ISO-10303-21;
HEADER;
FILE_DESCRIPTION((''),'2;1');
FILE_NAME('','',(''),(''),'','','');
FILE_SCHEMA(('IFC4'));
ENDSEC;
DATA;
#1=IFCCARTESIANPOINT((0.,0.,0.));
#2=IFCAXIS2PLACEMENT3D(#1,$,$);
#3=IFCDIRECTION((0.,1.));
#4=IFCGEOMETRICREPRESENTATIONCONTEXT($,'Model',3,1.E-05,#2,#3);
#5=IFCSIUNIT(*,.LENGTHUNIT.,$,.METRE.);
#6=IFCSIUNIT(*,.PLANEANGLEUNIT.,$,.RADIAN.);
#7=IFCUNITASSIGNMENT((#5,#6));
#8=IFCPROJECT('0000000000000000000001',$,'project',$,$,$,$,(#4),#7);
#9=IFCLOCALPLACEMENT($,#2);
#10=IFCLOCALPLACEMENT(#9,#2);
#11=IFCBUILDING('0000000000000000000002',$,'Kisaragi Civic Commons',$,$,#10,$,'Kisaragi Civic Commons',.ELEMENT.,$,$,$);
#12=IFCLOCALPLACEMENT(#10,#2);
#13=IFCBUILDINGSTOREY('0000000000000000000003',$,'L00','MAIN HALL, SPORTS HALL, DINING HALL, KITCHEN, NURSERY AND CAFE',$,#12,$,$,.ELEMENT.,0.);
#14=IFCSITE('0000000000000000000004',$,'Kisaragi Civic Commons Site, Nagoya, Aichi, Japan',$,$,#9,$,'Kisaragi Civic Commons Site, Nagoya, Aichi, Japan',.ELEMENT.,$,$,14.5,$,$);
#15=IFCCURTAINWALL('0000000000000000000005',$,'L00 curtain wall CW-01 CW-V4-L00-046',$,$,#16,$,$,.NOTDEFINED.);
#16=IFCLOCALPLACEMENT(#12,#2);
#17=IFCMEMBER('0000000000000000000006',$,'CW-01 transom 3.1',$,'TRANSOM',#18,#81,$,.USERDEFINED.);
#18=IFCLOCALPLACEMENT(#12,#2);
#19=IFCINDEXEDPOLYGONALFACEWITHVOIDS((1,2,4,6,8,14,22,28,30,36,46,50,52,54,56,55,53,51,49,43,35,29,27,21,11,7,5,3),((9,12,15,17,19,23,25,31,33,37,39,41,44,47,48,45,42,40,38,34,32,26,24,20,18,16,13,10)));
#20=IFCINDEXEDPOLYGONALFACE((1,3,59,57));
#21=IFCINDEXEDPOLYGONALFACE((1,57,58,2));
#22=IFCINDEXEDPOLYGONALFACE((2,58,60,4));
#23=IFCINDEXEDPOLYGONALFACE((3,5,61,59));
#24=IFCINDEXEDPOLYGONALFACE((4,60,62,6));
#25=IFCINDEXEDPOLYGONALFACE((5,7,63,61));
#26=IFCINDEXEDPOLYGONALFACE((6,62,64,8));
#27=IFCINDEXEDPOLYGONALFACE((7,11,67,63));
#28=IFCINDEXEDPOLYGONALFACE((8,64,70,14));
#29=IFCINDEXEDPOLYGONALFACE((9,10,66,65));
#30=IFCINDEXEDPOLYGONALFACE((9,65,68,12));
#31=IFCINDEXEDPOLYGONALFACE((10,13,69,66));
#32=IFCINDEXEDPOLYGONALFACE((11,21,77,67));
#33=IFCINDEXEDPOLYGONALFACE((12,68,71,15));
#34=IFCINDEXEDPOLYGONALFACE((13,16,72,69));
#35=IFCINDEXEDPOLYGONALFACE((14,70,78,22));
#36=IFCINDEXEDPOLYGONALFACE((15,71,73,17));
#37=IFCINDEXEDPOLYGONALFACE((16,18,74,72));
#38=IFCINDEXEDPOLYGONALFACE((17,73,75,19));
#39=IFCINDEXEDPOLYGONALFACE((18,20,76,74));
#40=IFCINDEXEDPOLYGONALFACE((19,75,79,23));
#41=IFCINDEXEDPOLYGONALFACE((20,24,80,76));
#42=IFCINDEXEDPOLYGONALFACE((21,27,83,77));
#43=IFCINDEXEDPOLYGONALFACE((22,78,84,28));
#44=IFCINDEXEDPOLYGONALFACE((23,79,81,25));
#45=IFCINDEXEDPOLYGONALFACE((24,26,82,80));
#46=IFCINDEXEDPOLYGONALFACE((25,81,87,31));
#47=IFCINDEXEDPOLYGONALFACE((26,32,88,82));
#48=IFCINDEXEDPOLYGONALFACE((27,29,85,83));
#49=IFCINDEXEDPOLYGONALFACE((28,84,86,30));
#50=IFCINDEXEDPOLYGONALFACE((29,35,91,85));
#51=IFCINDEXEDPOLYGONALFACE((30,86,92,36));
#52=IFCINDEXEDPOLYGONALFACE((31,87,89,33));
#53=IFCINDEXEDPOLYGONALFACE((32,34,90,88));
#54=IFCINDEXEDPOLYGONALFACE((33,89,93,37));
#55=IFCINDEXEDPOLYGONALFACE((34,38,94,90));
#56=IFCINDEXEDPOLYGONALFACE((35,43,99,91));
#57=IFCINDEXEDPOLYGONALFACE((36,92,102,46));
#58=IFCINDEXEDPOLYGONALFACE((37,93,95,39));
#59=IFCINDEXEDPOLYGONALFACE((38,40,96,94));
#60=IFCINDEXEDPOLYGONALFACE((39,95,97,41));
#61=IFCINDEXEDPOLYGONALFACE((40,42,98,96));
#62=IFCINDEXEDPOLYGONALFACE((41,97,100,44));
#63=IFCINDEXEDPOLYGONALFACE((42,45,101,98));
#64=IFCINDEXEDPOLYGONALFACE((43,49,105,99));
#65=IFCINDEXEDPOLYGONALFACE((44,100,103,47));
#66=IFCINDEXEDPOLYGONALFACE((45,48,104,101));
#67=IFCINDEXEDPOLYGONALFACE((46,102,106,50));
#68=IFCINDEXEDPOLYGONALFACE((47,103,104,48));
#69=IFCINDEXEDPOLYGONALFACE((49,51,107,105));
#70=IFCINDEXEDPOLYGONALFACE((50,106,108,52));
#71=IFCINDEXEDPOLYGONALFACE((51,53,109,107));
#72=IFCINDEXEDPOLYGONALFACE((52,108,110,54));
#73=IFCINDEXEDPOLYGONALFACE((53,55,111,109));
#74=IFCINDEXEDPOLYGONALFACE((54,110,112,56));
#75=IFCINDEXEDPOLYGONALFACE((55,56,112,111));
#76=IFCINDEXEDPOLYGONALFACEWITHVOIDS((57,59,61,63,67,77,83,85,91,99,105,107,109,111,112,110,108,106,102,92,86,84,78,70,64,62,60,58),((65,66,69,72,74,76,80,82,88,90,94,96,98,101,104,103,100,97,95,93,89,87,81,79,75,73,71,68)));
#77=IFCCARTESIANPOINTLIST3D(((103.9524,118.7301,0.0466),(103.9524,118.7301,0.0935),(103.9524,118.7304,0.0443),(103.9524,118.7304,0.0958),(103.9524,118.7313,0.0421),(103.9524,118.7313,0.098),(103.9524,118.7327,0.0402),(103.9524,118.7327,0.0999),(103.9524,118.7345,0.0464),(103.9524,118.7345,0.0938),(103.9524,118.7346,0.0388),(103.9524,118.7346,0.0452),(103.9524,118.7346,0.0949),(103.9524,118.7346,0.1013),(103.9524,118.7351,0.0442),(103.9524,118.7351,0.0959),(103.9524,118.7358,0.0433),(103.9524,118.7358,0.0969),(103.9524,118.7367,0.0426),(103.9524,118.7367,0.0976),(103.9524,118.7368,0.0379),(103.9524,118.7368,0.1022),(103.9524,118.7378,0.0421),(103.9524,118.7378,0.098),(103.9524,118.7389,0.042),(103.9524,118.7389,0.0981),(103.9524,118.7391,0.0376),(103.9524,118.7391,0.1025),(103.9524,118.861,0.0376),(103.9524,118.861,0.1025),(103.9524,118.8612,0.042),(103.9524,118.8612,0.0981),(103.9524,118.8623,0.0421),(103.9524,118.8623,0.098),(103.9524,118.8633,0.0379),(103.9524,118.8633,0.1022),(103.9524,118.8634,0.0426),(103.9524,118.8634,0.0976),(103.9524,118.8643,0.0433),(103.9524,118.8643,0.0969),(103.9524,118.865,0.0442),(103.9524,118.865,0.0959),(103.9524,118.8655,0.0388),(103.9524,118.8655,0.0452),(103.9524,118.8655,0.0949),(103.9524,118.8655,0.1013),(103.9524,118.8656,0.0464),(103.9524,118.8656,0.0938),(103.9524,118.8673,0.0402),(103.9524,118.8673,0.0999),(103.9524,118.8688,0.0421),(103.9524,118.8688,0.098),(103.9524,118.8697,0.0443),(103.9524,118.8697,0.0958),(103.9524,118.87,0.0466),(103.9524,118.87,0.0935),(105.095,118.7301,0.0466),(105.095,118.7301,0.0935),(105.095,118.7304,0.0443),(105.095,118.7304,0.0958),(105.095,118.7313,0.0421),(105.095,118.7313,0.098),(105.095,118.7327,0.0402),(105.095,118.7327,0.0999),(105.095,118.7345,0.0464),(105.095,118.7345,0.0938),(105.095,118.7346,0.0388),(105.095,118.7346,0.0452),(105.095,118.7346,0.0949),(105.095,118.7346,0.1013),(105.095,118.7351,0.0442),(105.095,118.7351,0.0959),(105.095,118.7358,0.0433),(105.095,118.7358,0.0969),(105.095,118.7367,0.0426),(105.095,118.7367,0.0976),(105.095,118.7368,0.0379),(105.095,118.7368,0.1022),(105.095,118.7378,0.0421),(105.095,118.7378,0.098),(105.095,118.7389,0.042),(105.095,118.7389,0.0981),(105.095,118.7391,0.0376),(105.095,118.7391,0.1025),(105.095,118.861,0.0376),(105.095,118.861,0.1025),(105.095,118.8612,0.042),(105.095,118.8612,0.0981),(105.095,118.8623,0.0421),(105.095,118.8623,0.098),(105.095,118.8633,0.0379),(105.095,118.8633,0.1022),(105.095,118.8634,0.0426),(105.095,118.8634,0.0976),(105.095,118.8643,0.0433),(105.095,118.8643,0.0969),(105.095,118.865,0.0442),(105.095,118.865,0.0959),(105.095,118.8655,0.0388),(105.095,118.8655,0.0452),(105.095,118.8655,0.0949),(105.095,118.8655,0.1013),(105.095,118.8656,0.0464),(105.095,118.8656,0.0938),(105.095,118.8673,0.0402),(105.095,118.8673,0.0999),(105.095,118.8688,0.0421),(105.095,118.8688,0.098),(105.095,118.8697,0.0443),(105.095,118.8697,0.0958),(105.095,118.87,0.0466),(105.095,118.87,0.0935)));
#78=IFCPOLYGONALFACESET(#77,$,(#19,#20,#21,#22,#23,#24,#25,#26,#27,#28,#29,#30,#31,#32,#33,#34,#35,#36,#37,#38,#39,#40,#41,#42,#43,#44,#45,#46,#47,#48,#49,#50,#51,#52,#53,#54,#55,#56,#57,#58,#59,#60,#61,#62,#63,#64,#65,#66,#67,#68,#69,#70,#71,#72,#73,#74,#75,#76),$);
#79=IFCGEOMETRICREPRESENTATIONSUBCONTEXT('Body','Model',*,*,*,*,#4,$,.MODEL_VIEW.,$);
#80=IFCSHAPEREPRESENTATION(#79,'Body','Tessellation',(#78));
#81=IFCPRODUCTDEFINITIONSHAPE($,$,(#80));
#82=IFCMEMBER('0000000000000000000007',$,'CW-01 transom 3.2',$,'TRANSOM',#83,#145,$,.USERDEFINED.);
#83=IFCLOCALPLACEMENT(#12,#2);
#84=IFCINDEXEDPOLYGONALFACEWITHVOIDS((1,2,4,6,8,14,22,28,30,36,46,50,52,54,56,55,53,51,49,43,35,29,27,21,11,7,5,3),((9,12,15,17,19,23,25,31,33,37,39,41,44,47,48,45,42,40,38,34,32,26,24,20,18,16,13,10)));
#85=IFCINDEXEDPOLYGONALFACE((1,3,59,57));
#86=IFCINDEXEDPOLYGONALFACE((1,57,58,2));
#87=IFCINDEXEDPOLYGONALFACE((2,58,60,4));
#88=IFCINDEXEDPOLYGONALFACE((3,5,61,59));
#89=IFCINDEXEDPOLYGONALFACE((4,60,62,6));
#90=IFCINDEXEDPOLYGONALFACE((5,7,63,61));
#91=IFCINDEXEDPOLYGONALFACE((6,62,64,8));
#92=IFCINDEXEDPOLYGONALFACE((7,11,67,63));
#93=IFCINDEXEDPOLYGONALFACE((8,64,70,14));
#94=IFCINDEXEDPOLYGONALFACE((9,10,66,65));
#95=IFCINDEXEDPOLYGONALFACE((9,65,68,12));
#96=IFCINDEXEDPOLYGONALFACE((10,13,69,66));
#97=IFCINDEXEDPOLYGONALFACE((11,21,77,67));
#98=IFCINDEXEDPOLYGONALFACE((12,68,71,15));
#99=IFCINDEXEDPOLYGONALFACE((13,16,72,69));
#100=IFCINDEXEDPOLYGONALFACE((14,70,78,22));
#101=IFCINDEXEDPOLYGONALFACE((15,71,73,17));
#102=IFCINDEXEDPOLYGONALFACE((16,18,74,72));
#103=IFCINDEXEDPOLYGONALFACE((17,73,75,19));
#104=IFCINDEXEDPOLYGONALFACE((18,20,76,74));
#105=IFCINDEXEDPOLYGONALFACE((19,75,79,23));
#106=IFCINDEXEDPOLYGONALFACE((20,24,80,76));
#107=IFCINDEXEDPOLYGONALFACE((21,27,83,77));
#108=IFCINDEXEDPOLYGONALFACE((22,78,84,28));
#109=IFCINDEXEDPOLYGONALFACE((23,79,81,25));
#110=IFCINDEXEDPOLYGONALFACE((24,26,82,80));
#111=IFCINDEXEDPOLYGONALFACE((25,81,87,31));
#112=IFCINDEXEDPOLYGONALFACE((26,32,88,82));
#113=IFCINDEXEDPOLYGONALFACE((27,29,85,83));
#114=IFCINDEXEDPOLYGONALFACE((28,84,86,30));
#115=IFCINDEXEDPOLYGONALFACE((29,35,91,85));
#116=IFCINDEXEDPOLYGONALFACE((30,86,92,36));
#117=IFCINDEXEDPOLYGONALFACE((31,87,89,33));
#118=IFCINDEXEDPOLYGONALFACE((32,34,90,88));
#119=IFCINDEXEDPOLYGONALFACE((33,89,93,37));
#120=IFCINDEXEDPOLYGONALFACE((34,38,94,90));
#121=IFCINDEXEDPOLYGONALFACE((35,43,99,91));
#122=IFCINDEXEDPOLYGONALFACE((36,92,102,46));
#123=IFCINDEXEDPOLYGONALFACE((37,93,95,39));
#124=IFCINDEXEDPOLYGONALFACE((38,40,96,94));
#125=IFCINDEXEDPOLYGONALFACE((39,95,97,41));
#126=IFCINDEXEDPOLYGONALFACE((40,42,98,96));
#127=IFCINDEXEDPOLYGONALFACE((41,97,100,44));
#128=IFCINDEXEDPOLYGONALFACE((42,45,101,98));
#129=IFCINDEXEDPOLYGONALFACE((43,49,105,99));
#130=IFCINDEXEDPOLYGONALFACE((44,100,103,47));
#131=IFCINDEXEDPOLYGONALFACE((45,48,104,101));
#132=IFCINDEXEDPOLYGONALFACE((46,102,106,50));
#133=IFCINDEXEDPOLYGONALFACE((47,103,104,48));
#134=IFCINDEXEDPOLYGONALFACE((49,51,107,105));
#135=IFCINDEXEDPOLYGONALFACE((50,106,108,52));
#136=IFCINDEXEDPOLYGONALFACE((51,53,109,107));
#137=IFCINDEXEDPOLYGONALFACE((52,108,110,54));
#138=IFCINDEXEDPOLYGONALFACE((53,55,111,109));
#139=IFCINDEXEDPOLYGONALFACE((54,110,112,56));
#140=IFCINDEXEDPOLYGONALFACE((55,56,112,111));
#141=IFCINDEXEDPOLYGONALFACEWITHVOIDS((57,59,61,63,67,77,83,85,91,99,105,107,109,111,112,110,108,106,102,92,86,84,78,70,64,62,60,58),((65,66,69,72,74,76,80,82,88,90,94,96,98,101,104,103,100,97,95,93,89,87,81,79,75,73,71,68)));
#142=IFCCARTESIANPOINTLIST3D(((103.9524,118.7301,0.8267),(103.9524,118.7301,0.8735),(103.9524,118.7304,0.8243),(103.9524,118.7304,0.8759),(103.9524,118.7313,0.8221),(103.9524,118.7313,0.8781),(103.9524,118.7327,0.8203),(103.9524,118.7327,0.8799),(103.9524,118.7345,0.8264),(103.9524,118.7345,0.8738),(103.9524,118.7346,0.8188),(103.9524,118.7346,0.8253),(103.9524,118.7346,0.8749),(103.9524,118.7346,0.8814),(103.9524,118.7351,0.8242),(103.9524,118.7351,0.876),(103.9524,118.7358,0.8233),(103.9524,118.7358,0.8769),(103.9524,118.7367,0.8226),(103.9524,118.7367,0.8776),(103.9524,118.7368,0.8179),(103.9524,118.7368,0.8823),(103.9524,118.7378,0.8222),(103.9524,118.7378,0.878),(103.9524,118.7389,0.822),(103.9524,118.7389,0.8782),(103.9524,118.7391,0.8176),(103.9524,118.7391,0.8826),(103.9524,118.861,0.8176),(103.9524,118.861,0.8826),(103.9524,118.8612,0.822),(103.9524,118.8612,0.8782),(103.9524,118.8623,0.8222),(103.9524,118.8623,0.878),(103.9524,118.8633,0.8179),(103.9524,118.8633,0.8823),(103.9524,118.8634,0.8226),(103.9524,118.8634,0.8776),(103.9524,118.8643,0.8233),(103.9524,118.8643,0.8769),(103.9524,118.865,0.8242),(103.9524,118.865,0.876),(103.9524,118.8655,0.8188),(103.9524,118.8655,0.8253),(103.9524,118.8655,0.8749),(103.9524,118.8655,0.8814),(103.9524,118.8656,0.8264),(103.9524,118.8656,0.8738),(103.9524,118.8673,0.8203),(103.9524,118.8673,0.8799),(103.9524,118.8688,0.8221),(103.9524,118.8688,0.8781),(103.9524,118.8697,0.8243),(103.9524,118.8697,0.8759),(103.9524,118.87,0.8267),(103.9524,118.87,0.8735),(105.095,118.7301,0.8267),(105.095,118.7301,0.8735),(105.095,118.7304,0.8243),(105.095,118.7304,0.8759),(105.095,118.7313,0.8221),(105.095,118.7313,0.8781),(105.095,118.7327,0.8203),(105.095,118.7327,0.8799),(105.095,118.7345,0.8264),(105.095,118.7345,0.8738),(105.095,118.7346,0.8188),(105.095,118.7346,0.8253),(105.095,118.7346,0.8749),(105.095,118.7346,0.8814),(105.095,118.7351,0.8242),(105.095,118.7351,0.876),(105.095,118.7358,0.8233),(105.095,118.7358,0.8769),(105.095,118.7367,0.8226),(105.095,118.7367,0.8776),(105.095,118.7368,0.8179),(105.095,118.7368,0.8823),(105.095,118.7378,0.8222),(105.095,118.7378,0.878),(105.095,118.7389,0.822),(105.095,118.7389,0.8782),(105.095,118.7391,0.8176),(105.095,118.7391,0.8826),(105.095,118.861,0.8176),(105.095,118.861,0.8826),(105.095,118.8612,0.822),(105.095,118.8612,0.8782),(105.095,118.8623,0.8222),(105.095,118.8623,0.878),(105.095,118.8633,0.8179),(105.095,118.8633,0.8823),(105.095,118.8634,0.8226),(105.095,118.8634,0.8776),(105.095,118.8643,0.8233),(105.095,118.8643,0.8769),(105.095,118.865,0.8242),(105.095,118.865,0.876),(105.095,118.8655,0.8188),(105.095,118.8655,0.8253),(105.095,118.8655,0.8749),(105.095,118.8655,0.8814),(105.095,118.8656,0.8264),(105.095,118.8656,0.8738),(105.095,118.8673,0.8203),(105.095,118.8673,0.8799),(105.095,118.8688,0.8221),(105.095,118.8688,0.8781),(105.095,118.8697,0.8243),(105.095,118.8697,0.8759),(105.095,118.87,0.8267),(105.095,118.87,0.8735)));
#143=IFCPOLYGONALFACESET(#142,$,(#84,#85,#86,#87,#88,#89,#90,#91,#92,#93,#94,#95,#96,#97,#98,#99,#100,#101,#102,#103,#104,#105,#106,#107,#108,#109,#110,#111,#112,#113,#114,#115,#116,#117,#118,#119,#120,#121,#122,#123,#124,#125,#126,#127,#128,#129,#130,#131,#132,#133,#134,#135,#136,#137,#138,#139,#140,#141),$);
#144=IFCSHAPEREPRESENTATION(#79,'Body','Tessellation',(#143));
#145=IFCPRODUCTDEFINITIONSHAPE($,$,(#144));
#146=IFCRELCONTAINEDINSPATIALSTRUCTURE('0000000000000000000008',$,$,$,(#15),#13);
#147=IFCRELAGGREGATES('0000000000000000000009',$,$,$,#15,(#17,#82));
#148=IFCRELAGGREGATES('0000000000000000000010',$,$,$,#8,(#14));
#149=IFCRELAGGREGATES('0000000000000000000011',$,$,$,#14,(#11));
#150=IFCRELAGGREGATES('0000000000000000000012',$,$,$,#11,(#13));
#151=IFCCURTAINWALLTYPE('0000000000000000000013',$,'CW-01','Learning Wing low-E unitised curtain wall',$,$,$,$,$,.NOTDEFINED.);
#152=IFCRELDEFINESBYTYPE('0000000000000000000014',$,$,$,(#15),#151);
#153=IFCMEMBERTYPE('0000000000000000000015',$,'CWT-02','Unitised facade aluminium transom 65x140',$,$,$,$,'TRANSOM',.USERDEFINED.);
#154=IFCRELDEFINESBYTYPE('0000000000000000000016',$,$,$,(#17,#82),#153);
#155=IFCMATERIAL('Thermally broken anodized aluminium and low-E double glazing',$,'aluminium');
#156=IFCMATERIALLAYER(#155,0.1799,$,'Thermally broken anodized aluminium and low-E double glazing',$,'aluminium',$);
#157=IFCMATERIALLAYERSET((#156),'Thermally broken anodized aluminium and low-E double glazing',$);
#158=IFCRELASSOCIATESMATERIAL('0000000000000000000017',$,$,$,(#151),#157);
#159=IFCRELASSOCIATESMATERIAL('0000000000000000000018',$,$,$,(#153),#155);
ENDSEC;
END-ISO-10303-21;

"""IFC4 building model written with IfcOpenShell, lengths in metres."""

from ifc_helpers import new_model, si_unit, direction, frame, origin, origin_2d, place, context, subcontext, project, spatial, hollow_rectangle, extrude, material, layer, layer_set, material_profile, profile_set, type_object, element, aggregate, save


model = new_model("IFC4")

# Units and contexts
model_context = context("Model", 3, precision=1e-05, world=origin(), true_north=direction((0.0, 1.0)))
body_context = subcontext(model_context, "Body", "Model", "MODEL_VIEW")
ifc_project = project(units=[si_unit("LENGTHUNIT", "METRE"), si_unit("PLANEANGLEUNIT", "RADIAN")], contexts=[model_context])

# Site, building, storey
site_placement = place(None, origin())
site = spatial("IfcSite", under=ifc_project, at=site_placement, Name="Kisaragi Civic Commons Site, Nagoya, Aichi, Japan", LongName="Kisaragi Civic Commons Site, Nagoya, Aichi, Japan", CompositionType="ELEMENT", RefElevation=14.5)
building_placement = place(site_placement, origin())
building = spatial("IfcBuilding", under=site, at=building_placement, Name="Kisaragi Civic Commons", LongName="Kisaragi Civic Commons", CompositionType="ELEMENT")
storey_placement = place(building_placement, origin())
storey = spatial("IfcBuildingStorey", under=building, at=storey_placement, Name="L00", Description="MAIN HALL, SPORTS HALL, DINING HALL, KITCHEN, NURSERY AND CAFE", CompositionType="ELEMENT", Elevation=0.0)

# Curtain wall, members
ifc_material_1 = material(Name="Thermally broken anodized aluminium and low-E double glazing", Category="aluminium")
ifc_layer_1 = layer(ifc_material_1, 0.1799, Name="Thermally broken anodized aluminium and low-E double glazing", Category="aluminium")
ifc_layer_set_1 = layer_set([ifc_layer_1], Name="Thermally broken anodized aluminium and low-E double glazing")
curtain_wall_type = type_object("IfcCurtainWallType", Name="CW-01", Description="Learning Wing low-E unitised curtain wall", PredefinedType="NOTDEFINED", material=ifc_layer_set_1)
curtain_wall_placement = place(storey_placement, origin())
curtain_wall = element("IfcCurtainWall", 1, at=curtain_wall_placement, inside=storey, type_object=curtain_wall_type, Name="L00 curtain wall CW-01 CW-V4-L00-046", PredefinedType="NOTDEFINED")
ifc_material_profile_1 = material_profile(ifc_material_1, hollow_rectangle(XDim=0.1399, YDim=0.0649, WallThickness=0.0044, InnerFilletRadius=0.0044, OuterFilletRadius=0.009, at=origin_2d()), Name="CWT-65x140x4.5", Category="aluminium")
ifc_profile_set_1 = profile_set([ifc_material_profile_1], Name="Thermally broken anodized aluminium and low-E double glazing")
member_type_1 = type_object("IfcMemberType", Name="CWT-02", Description="Unitised facade aluminium transom 65x140", ElementType="TRANSOM", PredefinedType="USERDEFINED", material=ifc_profile_set_1)
member_1_placement = place(storey_placement, frame((103.9524, 118.8, 0.0701), z_axis=(1.0, 0.0, 0.0), x_axis=(0.0, 1.0, 0.0)))
member_1 = element("IfcMember", 2, at=member_1_placement, type_object=member_type_1, Name="CW-01 transom 3.1", ObjectType="TRANSOM", PredefinedType="USERDEFINED", context=body_context, shape_type="SweptSolid", body=[
    extrude(hollow_rectangle(XDim=0.1399, YDim=0.0649, WallThickness=0.0044, InnerFilletRadius=0.0044, OuterFilletRadius=0.009, at=origin_2d()), origin(), (0.0, 0.0, 1.0), 1.1426),
])
member_2_placement = place(storey_placement, frame((103.9524, 118.8, 0.8501), z_axis=(1.0, 0.0, 0.0), x_axis=(0.0, 1.0, 0.0)))
member_2 = element("IfcMember", 3, at=member_2_placement, type_object=member_type_1, Name="CW-01 transom 3.2", ObjectType="TRANSOM", PredefinedType="USERDEFINED", context=body_context, shape_type="SweptSolid", body=[
    extrude(hollow_rectangle(XDim=0.1399, YDim=0.0649, WallThickness=0.0044, InnerFilletRadius=0.0044, OuterFilletRadius=0.009, at=origin_2d()), origin(), (0.0, 0.0, 1.0), 1.1426),
])
aggregate(curtain_wall, [member_1, member_2])

save(model, "model.ifc")
